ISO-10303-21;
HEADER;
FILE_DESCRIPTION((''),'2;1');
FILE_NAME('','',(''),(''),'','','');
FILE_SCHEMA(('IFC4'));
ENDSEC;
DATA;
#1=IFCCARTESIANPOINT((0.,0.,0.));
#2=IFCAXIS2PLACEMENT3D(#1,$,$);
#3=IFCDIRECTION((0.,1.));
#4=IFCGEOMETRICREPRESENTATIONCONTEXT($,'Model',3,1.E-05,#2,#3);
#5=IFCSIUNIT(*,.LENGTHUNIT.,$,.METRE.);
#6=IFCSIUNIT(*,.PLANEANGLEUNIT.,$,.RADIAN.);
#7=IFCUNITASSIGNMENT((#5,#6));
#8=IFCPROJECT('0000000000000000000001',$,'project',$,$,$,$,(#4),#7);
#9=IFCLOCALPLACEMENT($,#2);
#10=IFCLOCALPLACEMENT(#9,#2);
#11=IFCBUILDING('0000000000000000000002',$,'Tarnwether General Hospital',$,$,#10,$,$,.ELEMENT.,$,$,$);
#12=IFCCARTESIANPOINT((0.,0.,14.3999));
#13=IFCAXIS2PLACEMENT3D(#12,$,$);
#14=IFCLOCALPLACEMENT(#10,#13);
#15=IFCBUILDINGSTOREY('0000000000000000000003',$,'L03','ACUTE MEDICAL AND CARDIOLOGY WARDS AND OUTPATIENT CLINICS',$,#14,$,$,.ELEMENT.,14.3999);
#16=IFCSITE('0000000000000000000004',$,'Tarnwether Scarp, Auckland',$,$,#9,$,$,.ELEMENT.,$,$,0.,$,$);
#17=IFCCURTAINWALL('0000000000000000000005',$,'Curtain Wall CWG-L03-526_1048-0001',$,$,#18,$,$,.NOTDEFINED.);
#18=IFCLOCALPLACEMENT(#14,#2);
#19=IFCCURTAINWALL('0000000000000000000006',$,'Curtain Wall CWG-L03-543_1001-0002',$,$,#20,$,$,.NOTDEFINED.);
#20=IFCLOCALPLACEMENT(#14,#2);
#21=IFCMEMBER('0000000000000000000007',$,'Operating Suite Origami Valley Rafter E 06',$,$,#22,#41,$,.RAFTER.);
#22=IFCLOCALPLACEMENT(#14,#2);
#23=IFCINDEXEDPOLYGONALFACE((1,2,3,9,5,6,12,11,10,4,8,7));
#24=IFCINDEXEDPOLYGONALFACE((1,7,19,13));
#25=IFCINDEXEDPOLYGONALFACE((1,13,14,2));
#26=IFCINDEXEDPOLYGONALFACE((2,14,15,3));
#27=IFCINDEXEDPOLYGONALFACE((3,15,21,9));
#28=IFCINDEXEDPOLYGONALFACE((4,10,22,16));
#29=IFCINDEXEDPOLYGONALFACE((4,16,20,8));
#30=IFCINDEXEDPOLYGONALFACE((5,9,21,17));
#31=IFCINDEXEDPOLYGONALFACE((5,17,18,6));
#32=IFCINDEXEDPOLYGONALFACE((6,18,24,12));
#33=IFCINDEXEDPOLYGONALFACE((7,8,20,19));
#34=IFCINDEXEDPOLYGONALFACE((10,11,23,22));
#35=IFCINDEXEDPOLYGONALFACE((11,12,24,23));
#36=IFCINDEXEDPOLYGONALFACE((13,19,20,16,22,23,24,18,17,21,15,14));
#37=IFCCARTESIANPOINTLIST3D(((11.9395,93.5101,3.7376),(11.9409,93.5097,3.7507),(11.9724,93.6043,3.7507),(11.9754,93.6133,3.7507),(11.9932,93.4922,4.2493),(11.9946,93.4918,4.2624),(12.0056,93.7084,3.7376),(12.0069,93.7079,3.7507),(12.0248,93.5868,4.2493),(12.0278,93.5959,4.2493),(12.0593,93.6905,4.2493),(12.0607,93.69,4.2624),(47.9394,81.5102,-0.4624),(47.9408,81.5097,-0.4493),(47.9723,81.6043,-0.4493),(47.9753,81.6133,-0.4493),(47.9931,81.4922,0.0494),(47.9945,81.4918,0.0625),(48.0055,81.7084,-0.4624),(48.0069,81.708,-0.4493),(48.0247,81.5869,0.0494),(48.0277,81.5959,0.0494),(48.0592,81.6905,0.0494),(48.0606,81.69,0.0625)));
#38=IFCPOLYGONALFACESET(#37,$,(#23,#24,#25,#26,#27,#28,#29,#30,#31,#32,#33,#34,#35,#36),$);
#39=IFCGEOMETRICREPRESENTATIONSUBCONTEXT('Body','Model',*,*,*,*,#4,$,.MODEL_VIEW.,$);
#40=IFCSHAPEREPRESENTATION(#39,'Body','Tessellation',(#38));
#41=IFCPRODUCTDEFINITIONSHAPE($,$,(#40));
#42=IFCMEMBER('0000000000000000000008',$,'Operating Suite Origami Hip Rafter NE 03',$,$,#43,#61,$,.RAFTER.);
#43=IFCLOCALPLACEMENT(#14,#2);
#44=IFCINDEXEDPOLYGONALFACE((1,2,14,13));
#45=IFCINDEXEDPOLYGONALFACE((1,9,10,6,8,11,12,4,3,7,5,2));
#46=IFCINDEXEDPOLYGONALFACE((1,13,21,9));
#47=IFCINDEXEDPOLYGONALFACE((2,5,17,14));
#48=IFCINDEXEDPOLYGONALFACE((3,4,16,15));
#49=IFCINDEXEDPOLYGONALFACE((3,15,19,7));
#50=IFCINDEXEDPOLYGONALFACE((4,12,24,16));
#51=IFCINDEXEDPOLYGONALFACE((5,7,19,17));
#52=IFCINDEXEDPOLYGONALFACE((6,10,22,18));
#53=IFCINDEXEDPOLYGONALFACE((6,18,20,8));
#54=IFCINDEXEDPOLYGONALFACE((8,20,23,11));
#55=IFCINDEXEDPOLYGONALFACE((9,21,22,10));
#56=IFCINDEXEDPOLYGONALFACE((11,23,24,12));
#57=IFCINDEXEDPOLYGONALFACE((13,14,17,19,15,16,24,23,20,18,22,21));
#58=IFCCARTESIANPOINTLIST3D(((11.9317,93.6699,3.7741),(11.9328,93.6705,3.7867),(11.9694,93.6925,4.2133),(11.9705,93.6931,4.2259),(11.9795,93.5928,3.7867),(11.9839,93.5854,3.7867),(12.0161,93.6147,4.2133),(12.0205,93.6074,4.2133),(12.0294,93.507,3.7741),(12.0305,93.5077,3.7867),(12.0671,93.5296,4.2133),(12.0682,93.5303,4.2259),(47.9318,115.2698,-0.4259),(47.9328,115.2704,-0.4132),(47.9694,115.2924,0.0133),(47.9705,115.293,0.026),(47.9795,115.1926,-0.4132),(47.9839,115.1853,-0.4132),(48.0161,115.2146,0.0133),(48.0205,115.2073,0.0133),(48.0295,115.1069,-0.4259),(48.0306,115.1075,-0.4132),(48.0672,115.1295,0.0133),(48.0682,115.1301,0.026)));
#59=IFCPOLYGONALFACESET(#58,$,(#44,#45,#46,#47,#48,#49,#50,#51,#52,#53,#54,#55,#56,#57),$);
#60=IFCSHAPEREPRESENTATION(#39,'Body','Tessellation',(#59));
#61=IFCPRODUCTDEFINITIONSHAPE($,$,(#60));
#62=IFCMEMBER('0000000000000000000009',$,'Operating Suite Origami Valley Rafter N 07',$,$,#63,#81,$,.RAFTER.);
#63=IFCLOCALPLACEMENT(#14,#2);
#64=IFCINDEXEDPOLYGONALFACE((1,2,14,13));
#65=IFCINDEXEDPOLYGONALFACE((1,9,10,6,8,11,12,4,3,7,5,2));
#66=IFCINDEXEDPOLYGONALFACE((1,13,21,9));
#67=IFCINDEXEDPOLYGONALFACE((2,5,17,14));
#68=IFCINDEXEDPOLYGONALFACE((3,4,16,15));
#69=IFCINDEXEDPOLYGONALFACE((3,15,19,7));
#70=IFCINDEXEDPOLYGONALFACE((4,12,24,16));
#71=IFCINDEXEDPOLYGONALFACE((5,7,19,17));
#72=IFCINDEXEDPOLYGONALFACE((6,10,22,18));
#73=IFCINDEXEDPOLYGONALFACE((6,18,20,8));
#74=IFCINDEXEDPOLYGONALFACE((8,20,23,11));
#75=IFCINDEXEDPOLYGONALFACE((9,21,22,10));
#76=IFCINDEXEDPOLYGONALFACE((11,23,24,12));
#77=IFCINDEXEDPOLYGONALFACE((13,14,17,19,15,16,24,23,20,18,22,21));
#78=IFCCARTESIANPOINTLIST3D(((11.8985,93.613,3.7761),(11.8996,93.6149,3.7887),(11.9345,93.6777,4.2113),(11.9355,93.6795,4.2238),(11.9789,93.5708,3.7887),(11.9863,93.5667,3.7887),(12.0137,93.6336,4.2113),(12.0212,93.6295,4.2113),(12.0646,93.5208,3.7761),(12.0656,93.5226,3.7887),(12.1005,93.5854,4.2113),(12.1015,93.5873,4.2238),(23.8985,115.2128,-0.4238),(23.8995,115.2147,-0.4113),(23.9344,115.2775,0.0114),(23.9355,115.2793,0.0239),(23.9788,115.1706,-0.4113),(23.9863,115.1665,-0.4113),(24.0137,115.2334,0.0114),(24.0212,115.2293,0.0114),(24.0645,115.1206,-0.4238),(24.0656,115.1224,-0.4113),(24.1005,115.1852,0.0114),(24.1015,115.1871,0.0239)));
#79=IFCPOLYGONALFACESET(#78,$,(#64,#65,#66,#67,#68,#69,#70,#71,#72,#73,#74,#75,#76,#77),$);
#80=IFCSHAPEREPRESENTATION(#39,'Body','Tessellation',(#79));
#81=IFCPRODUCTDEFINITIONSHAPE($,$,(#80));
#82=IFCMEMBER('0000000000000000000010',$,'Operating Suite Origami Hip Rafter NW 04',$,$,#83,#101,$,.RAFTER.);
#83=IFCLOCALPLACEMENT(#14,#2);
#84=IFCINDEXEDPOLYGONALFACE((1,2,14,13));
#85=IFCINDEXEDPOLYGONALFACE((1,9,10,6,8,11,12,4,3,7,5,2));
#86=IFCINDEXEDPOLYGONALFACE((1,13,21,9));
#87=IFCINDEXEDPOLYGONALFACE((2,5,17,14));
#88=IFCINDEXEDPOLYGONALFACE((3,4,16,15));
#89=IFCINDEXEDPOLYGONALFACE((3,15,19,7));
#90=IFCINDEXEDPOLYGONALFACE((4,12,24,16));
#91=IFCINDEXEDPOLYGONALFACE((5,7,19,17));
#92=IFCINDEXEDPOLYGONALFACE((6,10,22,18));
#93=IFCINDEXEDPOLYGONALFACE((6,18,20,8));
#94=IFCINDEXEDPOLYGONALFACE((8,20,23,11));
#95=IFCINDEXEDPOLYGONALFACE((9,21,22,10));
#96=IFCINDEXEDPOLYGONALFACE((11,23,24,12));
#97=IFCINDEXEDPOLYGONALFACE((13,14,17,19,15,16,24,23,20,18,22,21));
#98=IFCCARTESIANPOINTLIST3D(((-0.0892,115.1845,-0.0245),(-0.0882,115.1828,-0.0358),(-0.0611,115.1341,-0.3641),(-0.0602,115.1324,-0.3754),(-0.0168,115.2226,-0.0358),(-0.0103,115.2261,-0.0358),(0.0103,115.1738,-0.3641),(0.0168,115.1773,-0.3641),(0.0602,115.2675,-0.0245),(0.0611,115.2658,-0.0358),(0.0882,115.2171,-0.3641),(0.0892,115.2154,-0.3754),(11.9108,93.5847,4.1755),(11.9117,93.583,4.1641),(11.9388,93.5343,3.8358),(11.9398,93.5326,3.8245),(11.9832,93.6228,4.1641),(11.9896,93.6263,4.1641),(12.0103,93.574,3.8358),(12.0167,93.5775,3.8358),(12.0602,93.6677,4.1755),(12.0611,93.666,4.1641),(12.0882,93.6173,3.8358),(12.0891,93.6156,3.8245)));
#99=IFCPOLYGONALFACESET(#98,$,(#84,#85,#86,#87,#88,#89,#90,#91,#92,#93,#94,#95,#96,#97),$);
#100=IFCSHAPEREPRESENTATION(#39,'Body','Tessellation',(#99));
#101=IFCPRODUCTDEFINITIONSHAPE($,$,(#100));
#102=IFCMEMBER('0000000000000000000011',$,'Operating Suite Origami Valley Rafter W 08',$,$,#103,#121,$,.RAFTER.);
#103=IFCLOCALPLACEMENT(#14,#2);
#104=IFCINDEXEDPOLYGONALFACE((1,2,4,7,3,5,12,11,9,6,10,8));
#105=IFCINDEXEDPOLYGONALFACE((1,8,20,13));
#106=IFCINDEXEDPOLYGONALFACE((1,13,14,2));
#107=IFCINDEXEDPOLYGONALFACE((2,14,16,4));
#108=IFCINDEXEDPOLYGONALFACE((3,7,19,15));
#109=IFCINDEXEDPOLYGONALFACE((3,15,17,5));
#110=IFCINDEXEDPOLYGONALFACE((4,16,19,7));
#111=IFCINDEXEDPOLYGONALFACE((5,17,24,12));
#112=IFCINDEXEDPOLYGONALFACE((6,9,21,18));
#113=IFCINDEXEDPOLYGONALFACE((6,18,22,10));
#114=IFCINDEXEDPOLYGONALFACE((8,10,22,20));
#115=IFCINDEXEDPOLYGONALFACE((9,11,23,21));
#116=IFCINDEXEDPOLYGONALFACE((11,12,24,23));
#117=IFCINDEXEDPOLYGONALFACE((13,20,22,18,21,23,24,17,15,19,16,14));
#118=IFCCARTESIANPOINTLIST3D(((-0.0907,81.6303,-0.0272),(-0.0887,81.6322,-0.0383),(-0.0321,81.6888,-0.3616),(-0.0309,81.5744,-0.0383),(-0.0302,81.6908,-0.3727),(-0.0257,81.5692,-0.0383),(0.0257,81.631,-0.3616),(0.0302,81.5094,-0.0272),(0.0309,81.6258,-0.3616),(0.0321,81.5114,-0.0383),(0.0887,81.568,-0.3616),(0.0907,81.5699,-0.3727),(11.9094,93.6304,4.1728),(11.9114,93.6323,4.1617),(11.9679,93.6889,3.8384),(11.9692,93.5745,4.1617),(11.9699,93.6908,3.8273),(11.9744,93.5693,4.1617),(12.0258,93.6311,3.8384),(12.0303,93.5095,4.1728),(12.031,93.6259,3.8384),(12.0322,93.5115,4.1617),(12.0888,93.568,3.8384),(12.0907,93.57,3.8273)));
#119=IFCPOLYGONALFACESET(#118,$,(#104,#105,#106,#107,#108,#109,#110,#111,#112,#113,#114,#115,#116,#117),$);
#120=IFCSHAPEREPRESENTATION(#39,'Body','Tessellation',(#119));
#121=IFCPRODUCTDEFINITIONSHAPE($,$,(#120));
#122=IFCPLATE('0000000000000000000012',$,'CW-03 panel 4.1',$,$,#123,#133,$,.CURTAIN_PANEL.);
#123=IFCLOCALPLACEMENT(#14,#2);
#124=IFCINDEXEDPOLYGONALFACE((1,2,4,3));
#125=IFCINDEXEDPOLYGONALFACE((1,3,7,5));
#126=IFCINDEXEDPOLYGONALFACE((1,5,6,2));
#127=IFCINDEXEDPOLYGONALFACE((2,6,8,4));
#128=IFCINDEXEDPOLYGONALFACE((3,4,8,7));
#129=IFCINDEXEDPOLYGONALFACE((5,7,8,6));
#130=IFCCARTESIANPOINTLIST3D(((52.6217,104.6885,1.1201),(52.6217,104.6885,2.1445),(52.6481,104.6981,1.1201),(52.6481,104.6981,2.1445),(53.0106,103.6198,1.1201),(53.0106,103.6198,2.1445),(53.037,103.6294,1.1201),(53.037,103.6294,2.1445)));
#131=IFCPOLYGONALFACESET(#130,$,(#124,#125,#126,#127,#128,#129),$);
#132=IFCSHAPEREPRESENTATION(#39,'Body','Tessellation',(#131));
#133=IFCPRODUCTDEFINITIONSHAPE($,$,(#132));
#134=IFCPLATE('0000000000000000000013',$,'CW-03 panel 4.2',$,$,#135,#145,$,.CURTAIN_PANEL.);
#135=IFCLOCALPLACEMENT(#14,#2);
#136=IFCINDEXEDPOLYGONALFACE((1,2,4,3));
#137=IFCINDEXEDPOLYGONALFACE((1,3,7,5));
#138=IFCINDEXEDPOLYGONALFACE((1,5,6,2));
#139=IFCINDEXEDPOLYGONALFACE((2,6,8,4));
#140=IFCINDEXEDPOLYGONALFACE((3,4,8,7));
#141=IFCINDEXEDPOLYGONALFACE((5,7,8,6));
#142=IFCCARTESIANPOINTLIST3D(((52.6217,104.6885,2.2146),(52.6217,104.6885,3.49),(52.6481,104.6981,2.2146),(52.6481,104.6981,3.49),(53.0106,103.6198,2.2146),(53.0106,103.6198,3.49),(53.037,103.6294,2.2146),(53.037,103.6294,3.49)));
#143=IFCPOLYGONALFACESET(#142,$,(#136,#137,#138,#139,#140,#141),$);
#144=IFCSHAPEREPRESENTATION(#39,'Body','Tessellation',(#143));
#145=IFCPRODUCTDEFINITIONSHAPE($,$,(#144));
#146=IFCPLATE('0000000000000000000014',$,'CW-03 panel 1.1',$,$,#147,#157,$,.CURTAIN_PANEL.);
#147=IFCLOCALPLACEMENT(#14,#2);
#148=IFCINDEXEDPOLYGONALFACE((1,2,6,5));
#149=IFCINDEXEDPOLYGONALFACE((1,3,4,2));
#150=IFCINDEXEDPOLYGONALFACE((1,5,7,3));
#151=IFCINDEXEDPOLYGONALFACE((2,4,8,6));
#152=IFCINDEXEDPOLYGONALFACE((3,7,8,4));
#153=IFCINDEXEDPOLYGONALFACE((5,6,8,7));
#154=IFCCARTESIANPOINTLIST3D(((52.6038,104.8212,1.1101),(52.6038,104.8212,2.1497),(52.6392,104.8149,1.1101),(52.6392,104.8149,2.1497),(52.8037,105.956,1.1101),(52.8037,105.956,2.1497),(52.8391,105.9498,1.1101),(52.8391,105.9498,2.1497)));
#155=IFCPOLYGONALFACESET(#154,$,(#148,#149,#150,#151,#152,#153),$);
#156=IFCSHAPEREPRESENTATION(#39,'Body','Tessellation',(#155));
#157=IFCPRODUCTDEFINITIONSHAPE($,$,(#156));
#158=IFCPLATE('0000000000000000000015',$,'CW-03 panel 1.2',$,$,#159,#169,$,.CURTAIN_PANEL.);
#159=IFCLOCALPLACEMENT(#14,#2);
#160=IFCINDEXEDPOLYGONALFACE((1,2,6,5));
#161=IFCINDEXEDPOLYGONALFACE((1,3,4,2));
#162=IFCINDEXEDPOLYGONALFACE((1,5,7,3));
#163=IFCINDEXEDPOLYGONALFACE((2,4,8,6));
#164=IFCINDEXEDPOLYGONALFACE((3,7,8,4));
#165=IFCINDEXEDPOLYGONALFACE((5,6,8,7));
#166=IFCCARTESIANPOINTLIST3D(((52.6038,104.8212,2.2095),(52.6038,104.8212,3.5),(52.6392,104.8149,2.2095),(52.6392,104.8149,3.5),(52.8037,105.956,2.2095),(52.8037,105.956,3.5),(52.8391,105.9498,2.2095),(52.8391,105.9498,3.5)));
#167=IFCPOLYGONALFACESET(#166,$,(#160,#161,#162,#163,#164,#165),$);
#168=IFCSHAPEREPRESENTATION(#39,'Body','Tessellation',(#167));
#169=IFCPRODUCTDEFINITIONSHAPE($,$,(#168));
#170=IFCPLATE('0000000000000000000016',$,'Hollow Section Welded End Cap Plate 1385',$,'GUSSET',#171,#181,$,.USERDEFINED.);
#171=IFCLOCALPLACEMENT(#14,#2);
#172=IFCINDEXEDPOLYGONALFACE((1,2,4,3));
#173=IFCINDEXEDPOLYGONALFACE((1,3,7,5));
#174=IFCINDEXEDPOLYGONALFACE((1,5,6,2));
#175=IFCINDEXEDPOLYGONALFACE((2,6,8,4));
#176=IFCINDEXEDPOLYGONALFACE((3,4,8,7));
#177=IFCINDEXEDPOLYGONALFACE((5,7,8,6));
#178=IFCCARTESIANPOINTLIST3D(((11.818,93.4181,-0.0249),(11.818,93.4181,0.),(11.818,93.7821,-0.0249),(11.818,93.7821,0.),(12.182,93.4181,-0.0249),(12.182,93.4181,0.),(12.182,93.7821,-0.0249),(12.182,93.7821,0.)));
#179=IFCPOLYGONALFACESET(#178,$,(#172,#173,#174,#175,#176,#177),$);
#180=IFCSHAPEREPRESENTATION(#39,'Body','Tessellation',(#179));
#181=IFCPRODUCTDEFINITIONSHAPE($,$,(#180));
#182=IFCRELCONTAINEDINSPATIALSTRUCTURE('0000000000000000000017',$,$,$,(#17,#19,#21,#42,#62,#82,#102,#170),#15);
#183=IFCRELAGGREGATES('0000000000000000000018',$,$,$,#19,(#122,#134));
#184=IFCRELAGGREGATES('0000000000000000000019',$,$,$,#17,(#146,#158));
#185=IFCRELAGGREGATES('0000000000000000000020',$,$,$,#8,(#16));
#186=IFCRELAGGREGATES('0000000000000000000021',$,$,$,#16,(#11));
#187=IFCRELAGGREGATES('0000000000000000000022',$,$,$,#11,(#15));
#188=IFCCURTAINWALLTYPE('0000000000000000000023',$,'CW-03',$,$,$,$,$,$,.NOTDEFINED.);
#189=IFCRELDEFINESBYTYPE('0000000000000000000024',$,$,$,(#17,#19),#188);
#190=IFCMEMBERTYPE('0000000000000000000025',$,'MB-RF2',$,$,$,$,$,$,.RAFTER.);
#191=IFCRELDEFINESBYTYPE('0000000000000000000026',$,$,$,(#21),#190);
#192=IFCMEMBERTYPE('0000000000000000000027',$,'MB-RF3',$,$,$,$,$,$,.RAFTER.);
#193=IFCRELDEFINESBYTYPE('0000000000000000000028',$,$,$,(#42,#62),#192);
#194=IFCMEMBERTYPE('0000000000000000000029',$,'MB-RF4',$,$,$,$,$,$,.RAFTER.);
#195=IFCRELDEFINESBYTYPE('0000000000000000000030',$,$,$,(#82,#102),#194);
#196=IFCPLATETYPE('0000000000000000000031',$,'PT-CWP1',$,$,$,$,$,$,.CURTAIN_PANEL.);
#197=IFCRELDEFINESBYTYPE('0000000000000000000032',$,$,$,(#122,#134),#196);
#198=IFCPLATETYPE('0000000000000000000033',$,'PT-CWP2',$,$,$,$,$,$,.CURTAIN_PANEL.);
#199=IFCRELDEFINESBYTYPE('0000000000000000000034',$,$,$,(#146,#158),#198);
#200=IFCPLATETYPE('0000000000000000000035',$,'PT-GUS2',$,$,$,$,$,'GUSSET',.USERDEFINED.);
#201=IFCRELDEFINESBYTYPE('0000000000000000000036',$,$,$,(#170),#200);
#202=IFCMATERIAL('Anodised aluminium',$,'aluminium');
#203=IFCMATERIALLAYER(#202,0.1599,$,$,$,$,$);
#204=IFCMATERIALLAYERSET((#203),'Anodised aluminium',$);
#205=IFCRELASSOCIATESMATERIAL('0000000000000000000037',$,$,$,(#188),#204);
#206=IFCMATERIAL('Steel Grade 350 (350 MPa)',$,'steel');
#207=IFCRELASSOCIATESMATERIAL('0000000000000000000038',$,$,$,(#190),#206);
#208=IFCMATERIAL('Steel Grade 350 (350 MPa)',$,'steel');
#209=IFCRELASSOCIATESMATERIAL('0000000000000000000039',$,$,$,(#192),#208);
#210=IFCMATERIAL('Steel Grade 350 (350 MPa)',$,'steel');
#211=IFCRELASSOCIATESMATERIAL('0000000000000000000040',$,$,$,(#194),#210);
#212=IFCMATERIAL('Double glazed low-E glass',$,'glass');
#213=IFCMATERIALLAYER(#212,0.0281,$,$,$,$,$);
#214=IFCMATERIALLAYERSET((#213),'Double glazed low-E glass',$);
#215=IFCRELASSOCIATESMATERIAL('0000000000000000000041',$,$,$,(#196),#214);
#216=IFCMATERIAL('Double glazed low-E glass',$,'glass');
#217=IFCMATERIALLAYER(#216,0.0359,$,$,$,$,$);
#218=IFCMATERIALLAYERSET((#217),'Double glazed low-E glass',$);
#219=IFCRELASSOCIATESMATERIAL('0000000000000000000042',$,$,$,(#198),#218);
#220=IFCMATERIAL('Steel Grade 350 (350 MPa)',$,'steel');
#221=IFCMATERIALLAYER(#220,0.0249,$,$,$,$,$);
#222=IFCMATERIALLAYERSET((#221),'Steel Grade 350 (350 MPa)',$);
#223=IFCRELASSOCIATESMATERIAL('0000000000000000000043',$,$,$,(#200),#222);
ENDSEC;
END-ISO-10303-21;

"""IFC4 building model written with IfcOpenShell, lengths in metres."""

from ifc_helpers import new_model, si_unit, direction, frame, origin, origin_2d, place, context, subcontext, project, spatial, rectangle, i_section, extrude, material, layer, layer_set, material_profile, profile_set, type_object, element, aggregate, save


model = new_model("IFC4")

# Units and contexts
model_context = context("Model", 3, precision=1e-05, world=origin(), true_north=direction((0.0, 1.0)))
body_context = subcontext(model_context, "Body", "Model", "MODEL_VIEW")
ifc_project = project(units=[si_unit("LENGTHUNIT", "METRE"), si_unit("PLANEANGLEUNIT", "RADIAN")], contexts=[model_context])

# Site, building, storey
site_placement = place(None, origin())
site = spatial("IfcSite", under=ifc_project, at=site_placement, Name="Tarnwether Scarp, Auckland", CompositionType="ELEMENT", RefElevation=0.0)
building_placement = place(site_placement, origin())
building = spatial("IfcBuilding", under=site, at=building_placement, Name="Tarnwether General Hospital", CompositionType="ELEMENT")
storey_placement = place(building_placement, frame((0.0, 0.0, 14.3999)))
storey = spatial("IfcBuildingStorey", under=building, at=storey_placement, Name="L03", Description="ACUTE MEDICAL AND CARDIOLOGY WARDS AND OUTPATIENT CLINICS", CompositionType="ELEMENT", Elevation=14.3999)

# Curtain wall
ifc_material_1 = material(Name="Anodised aluminium", Category="aluminium")
ifc_layer_1 = layer(ifc_material_1, 0.1599)
ifc_layer_set_1 = layer_set([ifc_layer_1], Name="Anodised aluminium")
curtain_wall_type = type_object("IfcCurtainWallType", Name="CW-03", PredefinedType="NOTDEFINED", material=ifc_layer_set_1)
curtain_wall_1_placement = place(storey_placement, origin())
curtain_wall_1 = element("IfcCurtainWall", 1, at=curtain_wall_1_placement, inside=storey, type_object=curtain_wall_type, Name="Curtain Wall CWG-L03-526_1048-0001", PredefinedType="NOTDEFINED")

# Curtain wall
curtain_wall_2_placement = place(storey_placement, origin())
curtain_wall_2 = element("IfcCurtainWall", 2, at=curtain_wall_2_placement, inside=storey, type_object=curtain_wall_type, Name="Curtain Wall CWG-L03-543_1001-0002", PredefinedType="NOTDEFINED")

# Members
ifc_material_2 = material(Name="Steel Grade 350 (350 MPa)", Category="steel")
ifc_material_profile_1 = material_profile(ifc_material_2, i_section(OverallWidth=0.209, OverallDepth=0.5281, WebThickness=0.0095, FlangeThickness=0.0132, at=origin_2d()), Name="530UB82.0")
ifc_profile_set_1 = profile_set([ifc_material_profile_1], Name="Steel Grade 350 (350 MPa)")
member_type_1 = type_object("IfcMemberType", Name="MB-RF2", PredefinedType="RAFTER", material=ifc_profile_set_1)
member_1_placement = place(storey_placement, frame((48.0, 81.6001, -0.2), z_axis=(-0.942926, 0.314309, 0.110007), x_axis=(-0.316228, -0.948683, 0.0)))
element("IfcMember", 3, at=member_1_placement, inside=storey, type_object=member_type_1, Name="Operating Suite Origami Valley Rafter E 06", PredefinedType="RAFTER", context=body_context, shape_type="SweptSolid", body=[
    extrude(i_section(OverallWidth=0.209, OverallDepth=0.5281, WebThickness=0.0095, FlangeThickness=0.0132, at=origin_2d()), origin(), (0.0, 0.0, 1.0), 38.179),
])
ifc_material_3 = material(Name="Steel Grade 350 (350 MPa)", Category="steel")
ifc_material_profile_2 = material_profile(ifc_material_3, i_section(OverallWidth=0.1899, OverallDepth=0.4541, WebThickness=0.0085, FlangeThickness=0.0127, at=origin_2d()), Name="460UB67.1")
ifc_profile_set_2 = profile_set([ifc_material_profile_2], Name="Steel Grade 350 (350 MPa)")
member_type_2 = type_object("IfcMemberType", Name="MB-RF3", PredefinedType="RAFTER", material=ifc_profile_set_2)
member_2_placement = place(storey_placement, frame((48.0, 115.2, -0.2), z_axis=(-0.853236, -0.511938, 0.099543), x_axis=(0.514493, -0.857494, 0.0)))
element("IfcMember", 4, at=member_2_placement, inside=storey, type_object=member_type_2, Name="Operating Suite Origami Hip Rafter NE 03", PredefinedType="RAFTER", context=body_context, shape_type="SweptSolid", body=[
    extrude(i_section(OverallWidth=0.1899, OverallDepth=0.4541, WebThickness=0.0085, FlangeThickness=0.0127, at=origin_2d()), origin(), (0.0, 0.0, 1.0), 42.1924),
])
member_3_placement = place(storey_placement, frame((24.0, 115.2, -0.2), z_axis=(-0.478778, -0.861795, 0.167571), x_axis=(0.874156, -0.485645, 0.0)))
element("IfcMember", 5, at=member_3_placement, inside=storey, type_object=member_type_2, Name="Operating Suite Origami Valley Rafter N 07", PredefinedType="RAFTER", context=body_context, shape_type="SweptSolid", body=[
    extrude(i_section(OverallWidth=0.1899, OverallDepth=0.4541, WebThickness=0.0085, FlangeThickness=0.0127, at=origin_2d()), origin(), (0.0, 0.0, 1.0), 25.0637),
])
ifc_material_4 = material(Name="Steel Grade 350 (350 MPa)", Category="steel")
ifc_material_profile_3 = material_profile(ifc_material_4, i_section(OverallWidth=0.1709, OverallDepth=0.356, WebThickness=0.0073, FlangeThickness=0.0115, at=origin_2d()), Name="360UB50.7")
ifc_profile_set_3 = profile_set([ifc_material_profile_3], Name="Steel Grade 350 (350 MPa)")
member_type_3 = type_object("IfcMemberType", Name="MB-RF4", PredefinedType="RAFTER", material=ifc_profile_set_3)
member_4_placement = place(storey_placement, frame((0.0, 115.2, -0.2), z_axis=(0.478778, -0.861795, 0.167571), x_axis=(0.874156, 0.485645, 0.0)))
element("IfcMember", 6, at=member_4_placement, inside=storey, type_object=member_type_3, Name="Operating Suite Origami Hip Rafter NW 04", PredefinedType="RAFTER", context=body_context, shape_type="SweptSolid", body=[
    extrude(i_section(OverallWidth=0.1709, OverallDepth=0.356, WebThickness=0.0073, FlangeThickness=0.0115, at=origin_2d()), origin(), (0.0, 0.0, 1.0), 25.0637),
])
member_5_placement = place(storey_placement, frame((0.0, 81.6001, -0.2), z_axis=(0.686399, 0.686399, 0.240237), x_axis=(-0.707107, 0.707107, 0.0)))
element("IfcMember", 7, at=member_5_placement, inside=storey, type_object=member_type_3, Name="Operating Suite Origami Valley Rafter W 08", PredefinedType="RAFTER", context=body_context, shape_type="SweptSolid", body=[
    extrude(i_section(OverallWidth=0.1709, OverallDepth=0.356, WebThickness=0.0073, FlangeThickness=0.0115, at=origin_2d()), origin(), (0.0, 0.0, 1.0), 17.4827),
])

# Plates
ifc_material_5 = material(Name="Double glazed low-E glass", Category="glass")
ifc_layer_2 = layer(ifc_material_5, 0.0281)
ifc_layer_set_2 = layer_set([ifc_layer_2], Name="Double glazed low-E glass")
plate_type_1 = type_object("IfcPlateType", Name="PT-CWP1", PredefinedType="CURTAIN_PANEL", material=ifc_layer_set_2)
plate_1_placement = place(storey_placement, frame((52.8293, 104.1589, 1.1201), z_axis=(0.0, 0.0, 1.0), x_axis=(-0.341953, 0.939717, 0.0)))
plate_1 = element("IfcPlate", 8, at=plate_1_placement, type_object=plate_type_1, Name="CW-03 panel 4.1", PredefinedType="CURTAIN_PANEL", context=body_context, shape_type="SweptSolid", body=[
    extrude(rectangle(XDim=1.1372, YDim=0.0281, at=origin_2d()), origin(), (0.0, 0.0, 1.0), 1.0244),
])
plate_2_placement = place(storey_placement, frame((52.8293, 104.1589, 2.2146), z_axis=(0.0, 0.0, 1.0), x_axis=(-0.341953, 0.939717, 0.0)))
plate_2 = element("IfcPlate", 9, at=plate_2_placement, type_object=plate_type_1, Name="CW-03 panel 4.2", PredefinedType="CURTAIN_PANEL", context=body_context, shape_type="SweptSolid", body=[
    extrude(rectangle(XDim=1.1372, YDim=0.0281, at=origin_2d()), origin(), (0.0, 0.0, 1.0), 1.2754),
])
aggregate(curtain_wall_2, [plate_1, plate_2])
ifc_material_6 = material(Name="Double glazed low-E glass", Category="glass")
ifc_layer_3 = layer(ifc_material_6, 0.0359)
ifc_layer_set_3 = layer_set([ifc_layer_3], Name="Double glazed low-E glass")
plate_type_2 = type_object("IfcPlateType", Name="PT-CWP2", PredefinedType="CURTAIN_PANEL", material=ifc_layer_set_3)
plate_3_placement = place(storey_placement, frame((52.7214, 105.3855, 1.1101), z_axis=(0.0, 0.0, 1.0), x_axis=(0.173464, 0.98484, 0.0)))
plate_3 = element("IfcPlate", 10, at=plate_3_placement, type_object=plate_type_2, Name="CW-03 panel 1.1", PredefinedType="CURTAIN_PANEL", context=body_context, shape_type="SweptSolid", body=[
    extrude(rectangle(XDim=1.1523, YDim=0.0359, at=origin_2d()), origin(), (0.0, 0.0, 1.0), 1.0396),
])
plate_4_placement = place(storey_placement, frame((52.7214, 105.3855, 2.2095), z_axis=(0.0, 0.0, 1.0), x_axis=(0.173464, 0.98484, 0.0)))
plate_4 = element("IfcPlate", 11, at=plate_4_placement, type_object=plate_type_2, Name="CW-03 panel 1.2", PredefinedType="CURTAIN_PANEL", context=body_context, shape_type="SweptSolid", body=[
    extrude(rectangle(XDim=1.1523, YDim=0.0359, at=origin_2d()), origin(), (0.0, 0.0, 1.0), 1.2905),
])
aggregate(curtain_wall_1, [plate_3, plate_4])

# Plate
ifc_material_7 = material(Name="Steel Grade 350 (350 MPa)", Category="steel")
ifc_layer_4 = layer(ifc_material_7, 0.0249)
ifc_layer_set_4 = layer_set([ifc_layer_4], Name="Steel Grade 350 (350 MPa)")
plate_type_3 = type_object("IfcPlateType", Name="PT-GUS2", ElementType="GUSSET", PredefinedType="USERDEFINED", material=ifc_layer_set_4)
for number, where, z_axis, x_axis, name in (
    (12, (12.0, 93.6001, -0.0249), (0.0, 0.0, 1.0), (1.0, 0.0, 0.0), "Hollow Section Welded End Cap Plate 1385"),
):
    element("IfcPlate", number, at=place(storey_placement, frame(where, z_axis=z_axis, x_axis=x_axis)), inside=storey, type_object=plate_type_3, Name=name, ObjectType="GUSSET", PredefinedType="USERDEFINED", context=body_context, shape_type="SweptSolid", body=[
        extrude(rectangle(XDim=0.364, YDim=0.364, at=origin_2d()), origin(), (0.0, 0.0, 1.0), 0.0249),
    ])

save(model, "model.ifc")
